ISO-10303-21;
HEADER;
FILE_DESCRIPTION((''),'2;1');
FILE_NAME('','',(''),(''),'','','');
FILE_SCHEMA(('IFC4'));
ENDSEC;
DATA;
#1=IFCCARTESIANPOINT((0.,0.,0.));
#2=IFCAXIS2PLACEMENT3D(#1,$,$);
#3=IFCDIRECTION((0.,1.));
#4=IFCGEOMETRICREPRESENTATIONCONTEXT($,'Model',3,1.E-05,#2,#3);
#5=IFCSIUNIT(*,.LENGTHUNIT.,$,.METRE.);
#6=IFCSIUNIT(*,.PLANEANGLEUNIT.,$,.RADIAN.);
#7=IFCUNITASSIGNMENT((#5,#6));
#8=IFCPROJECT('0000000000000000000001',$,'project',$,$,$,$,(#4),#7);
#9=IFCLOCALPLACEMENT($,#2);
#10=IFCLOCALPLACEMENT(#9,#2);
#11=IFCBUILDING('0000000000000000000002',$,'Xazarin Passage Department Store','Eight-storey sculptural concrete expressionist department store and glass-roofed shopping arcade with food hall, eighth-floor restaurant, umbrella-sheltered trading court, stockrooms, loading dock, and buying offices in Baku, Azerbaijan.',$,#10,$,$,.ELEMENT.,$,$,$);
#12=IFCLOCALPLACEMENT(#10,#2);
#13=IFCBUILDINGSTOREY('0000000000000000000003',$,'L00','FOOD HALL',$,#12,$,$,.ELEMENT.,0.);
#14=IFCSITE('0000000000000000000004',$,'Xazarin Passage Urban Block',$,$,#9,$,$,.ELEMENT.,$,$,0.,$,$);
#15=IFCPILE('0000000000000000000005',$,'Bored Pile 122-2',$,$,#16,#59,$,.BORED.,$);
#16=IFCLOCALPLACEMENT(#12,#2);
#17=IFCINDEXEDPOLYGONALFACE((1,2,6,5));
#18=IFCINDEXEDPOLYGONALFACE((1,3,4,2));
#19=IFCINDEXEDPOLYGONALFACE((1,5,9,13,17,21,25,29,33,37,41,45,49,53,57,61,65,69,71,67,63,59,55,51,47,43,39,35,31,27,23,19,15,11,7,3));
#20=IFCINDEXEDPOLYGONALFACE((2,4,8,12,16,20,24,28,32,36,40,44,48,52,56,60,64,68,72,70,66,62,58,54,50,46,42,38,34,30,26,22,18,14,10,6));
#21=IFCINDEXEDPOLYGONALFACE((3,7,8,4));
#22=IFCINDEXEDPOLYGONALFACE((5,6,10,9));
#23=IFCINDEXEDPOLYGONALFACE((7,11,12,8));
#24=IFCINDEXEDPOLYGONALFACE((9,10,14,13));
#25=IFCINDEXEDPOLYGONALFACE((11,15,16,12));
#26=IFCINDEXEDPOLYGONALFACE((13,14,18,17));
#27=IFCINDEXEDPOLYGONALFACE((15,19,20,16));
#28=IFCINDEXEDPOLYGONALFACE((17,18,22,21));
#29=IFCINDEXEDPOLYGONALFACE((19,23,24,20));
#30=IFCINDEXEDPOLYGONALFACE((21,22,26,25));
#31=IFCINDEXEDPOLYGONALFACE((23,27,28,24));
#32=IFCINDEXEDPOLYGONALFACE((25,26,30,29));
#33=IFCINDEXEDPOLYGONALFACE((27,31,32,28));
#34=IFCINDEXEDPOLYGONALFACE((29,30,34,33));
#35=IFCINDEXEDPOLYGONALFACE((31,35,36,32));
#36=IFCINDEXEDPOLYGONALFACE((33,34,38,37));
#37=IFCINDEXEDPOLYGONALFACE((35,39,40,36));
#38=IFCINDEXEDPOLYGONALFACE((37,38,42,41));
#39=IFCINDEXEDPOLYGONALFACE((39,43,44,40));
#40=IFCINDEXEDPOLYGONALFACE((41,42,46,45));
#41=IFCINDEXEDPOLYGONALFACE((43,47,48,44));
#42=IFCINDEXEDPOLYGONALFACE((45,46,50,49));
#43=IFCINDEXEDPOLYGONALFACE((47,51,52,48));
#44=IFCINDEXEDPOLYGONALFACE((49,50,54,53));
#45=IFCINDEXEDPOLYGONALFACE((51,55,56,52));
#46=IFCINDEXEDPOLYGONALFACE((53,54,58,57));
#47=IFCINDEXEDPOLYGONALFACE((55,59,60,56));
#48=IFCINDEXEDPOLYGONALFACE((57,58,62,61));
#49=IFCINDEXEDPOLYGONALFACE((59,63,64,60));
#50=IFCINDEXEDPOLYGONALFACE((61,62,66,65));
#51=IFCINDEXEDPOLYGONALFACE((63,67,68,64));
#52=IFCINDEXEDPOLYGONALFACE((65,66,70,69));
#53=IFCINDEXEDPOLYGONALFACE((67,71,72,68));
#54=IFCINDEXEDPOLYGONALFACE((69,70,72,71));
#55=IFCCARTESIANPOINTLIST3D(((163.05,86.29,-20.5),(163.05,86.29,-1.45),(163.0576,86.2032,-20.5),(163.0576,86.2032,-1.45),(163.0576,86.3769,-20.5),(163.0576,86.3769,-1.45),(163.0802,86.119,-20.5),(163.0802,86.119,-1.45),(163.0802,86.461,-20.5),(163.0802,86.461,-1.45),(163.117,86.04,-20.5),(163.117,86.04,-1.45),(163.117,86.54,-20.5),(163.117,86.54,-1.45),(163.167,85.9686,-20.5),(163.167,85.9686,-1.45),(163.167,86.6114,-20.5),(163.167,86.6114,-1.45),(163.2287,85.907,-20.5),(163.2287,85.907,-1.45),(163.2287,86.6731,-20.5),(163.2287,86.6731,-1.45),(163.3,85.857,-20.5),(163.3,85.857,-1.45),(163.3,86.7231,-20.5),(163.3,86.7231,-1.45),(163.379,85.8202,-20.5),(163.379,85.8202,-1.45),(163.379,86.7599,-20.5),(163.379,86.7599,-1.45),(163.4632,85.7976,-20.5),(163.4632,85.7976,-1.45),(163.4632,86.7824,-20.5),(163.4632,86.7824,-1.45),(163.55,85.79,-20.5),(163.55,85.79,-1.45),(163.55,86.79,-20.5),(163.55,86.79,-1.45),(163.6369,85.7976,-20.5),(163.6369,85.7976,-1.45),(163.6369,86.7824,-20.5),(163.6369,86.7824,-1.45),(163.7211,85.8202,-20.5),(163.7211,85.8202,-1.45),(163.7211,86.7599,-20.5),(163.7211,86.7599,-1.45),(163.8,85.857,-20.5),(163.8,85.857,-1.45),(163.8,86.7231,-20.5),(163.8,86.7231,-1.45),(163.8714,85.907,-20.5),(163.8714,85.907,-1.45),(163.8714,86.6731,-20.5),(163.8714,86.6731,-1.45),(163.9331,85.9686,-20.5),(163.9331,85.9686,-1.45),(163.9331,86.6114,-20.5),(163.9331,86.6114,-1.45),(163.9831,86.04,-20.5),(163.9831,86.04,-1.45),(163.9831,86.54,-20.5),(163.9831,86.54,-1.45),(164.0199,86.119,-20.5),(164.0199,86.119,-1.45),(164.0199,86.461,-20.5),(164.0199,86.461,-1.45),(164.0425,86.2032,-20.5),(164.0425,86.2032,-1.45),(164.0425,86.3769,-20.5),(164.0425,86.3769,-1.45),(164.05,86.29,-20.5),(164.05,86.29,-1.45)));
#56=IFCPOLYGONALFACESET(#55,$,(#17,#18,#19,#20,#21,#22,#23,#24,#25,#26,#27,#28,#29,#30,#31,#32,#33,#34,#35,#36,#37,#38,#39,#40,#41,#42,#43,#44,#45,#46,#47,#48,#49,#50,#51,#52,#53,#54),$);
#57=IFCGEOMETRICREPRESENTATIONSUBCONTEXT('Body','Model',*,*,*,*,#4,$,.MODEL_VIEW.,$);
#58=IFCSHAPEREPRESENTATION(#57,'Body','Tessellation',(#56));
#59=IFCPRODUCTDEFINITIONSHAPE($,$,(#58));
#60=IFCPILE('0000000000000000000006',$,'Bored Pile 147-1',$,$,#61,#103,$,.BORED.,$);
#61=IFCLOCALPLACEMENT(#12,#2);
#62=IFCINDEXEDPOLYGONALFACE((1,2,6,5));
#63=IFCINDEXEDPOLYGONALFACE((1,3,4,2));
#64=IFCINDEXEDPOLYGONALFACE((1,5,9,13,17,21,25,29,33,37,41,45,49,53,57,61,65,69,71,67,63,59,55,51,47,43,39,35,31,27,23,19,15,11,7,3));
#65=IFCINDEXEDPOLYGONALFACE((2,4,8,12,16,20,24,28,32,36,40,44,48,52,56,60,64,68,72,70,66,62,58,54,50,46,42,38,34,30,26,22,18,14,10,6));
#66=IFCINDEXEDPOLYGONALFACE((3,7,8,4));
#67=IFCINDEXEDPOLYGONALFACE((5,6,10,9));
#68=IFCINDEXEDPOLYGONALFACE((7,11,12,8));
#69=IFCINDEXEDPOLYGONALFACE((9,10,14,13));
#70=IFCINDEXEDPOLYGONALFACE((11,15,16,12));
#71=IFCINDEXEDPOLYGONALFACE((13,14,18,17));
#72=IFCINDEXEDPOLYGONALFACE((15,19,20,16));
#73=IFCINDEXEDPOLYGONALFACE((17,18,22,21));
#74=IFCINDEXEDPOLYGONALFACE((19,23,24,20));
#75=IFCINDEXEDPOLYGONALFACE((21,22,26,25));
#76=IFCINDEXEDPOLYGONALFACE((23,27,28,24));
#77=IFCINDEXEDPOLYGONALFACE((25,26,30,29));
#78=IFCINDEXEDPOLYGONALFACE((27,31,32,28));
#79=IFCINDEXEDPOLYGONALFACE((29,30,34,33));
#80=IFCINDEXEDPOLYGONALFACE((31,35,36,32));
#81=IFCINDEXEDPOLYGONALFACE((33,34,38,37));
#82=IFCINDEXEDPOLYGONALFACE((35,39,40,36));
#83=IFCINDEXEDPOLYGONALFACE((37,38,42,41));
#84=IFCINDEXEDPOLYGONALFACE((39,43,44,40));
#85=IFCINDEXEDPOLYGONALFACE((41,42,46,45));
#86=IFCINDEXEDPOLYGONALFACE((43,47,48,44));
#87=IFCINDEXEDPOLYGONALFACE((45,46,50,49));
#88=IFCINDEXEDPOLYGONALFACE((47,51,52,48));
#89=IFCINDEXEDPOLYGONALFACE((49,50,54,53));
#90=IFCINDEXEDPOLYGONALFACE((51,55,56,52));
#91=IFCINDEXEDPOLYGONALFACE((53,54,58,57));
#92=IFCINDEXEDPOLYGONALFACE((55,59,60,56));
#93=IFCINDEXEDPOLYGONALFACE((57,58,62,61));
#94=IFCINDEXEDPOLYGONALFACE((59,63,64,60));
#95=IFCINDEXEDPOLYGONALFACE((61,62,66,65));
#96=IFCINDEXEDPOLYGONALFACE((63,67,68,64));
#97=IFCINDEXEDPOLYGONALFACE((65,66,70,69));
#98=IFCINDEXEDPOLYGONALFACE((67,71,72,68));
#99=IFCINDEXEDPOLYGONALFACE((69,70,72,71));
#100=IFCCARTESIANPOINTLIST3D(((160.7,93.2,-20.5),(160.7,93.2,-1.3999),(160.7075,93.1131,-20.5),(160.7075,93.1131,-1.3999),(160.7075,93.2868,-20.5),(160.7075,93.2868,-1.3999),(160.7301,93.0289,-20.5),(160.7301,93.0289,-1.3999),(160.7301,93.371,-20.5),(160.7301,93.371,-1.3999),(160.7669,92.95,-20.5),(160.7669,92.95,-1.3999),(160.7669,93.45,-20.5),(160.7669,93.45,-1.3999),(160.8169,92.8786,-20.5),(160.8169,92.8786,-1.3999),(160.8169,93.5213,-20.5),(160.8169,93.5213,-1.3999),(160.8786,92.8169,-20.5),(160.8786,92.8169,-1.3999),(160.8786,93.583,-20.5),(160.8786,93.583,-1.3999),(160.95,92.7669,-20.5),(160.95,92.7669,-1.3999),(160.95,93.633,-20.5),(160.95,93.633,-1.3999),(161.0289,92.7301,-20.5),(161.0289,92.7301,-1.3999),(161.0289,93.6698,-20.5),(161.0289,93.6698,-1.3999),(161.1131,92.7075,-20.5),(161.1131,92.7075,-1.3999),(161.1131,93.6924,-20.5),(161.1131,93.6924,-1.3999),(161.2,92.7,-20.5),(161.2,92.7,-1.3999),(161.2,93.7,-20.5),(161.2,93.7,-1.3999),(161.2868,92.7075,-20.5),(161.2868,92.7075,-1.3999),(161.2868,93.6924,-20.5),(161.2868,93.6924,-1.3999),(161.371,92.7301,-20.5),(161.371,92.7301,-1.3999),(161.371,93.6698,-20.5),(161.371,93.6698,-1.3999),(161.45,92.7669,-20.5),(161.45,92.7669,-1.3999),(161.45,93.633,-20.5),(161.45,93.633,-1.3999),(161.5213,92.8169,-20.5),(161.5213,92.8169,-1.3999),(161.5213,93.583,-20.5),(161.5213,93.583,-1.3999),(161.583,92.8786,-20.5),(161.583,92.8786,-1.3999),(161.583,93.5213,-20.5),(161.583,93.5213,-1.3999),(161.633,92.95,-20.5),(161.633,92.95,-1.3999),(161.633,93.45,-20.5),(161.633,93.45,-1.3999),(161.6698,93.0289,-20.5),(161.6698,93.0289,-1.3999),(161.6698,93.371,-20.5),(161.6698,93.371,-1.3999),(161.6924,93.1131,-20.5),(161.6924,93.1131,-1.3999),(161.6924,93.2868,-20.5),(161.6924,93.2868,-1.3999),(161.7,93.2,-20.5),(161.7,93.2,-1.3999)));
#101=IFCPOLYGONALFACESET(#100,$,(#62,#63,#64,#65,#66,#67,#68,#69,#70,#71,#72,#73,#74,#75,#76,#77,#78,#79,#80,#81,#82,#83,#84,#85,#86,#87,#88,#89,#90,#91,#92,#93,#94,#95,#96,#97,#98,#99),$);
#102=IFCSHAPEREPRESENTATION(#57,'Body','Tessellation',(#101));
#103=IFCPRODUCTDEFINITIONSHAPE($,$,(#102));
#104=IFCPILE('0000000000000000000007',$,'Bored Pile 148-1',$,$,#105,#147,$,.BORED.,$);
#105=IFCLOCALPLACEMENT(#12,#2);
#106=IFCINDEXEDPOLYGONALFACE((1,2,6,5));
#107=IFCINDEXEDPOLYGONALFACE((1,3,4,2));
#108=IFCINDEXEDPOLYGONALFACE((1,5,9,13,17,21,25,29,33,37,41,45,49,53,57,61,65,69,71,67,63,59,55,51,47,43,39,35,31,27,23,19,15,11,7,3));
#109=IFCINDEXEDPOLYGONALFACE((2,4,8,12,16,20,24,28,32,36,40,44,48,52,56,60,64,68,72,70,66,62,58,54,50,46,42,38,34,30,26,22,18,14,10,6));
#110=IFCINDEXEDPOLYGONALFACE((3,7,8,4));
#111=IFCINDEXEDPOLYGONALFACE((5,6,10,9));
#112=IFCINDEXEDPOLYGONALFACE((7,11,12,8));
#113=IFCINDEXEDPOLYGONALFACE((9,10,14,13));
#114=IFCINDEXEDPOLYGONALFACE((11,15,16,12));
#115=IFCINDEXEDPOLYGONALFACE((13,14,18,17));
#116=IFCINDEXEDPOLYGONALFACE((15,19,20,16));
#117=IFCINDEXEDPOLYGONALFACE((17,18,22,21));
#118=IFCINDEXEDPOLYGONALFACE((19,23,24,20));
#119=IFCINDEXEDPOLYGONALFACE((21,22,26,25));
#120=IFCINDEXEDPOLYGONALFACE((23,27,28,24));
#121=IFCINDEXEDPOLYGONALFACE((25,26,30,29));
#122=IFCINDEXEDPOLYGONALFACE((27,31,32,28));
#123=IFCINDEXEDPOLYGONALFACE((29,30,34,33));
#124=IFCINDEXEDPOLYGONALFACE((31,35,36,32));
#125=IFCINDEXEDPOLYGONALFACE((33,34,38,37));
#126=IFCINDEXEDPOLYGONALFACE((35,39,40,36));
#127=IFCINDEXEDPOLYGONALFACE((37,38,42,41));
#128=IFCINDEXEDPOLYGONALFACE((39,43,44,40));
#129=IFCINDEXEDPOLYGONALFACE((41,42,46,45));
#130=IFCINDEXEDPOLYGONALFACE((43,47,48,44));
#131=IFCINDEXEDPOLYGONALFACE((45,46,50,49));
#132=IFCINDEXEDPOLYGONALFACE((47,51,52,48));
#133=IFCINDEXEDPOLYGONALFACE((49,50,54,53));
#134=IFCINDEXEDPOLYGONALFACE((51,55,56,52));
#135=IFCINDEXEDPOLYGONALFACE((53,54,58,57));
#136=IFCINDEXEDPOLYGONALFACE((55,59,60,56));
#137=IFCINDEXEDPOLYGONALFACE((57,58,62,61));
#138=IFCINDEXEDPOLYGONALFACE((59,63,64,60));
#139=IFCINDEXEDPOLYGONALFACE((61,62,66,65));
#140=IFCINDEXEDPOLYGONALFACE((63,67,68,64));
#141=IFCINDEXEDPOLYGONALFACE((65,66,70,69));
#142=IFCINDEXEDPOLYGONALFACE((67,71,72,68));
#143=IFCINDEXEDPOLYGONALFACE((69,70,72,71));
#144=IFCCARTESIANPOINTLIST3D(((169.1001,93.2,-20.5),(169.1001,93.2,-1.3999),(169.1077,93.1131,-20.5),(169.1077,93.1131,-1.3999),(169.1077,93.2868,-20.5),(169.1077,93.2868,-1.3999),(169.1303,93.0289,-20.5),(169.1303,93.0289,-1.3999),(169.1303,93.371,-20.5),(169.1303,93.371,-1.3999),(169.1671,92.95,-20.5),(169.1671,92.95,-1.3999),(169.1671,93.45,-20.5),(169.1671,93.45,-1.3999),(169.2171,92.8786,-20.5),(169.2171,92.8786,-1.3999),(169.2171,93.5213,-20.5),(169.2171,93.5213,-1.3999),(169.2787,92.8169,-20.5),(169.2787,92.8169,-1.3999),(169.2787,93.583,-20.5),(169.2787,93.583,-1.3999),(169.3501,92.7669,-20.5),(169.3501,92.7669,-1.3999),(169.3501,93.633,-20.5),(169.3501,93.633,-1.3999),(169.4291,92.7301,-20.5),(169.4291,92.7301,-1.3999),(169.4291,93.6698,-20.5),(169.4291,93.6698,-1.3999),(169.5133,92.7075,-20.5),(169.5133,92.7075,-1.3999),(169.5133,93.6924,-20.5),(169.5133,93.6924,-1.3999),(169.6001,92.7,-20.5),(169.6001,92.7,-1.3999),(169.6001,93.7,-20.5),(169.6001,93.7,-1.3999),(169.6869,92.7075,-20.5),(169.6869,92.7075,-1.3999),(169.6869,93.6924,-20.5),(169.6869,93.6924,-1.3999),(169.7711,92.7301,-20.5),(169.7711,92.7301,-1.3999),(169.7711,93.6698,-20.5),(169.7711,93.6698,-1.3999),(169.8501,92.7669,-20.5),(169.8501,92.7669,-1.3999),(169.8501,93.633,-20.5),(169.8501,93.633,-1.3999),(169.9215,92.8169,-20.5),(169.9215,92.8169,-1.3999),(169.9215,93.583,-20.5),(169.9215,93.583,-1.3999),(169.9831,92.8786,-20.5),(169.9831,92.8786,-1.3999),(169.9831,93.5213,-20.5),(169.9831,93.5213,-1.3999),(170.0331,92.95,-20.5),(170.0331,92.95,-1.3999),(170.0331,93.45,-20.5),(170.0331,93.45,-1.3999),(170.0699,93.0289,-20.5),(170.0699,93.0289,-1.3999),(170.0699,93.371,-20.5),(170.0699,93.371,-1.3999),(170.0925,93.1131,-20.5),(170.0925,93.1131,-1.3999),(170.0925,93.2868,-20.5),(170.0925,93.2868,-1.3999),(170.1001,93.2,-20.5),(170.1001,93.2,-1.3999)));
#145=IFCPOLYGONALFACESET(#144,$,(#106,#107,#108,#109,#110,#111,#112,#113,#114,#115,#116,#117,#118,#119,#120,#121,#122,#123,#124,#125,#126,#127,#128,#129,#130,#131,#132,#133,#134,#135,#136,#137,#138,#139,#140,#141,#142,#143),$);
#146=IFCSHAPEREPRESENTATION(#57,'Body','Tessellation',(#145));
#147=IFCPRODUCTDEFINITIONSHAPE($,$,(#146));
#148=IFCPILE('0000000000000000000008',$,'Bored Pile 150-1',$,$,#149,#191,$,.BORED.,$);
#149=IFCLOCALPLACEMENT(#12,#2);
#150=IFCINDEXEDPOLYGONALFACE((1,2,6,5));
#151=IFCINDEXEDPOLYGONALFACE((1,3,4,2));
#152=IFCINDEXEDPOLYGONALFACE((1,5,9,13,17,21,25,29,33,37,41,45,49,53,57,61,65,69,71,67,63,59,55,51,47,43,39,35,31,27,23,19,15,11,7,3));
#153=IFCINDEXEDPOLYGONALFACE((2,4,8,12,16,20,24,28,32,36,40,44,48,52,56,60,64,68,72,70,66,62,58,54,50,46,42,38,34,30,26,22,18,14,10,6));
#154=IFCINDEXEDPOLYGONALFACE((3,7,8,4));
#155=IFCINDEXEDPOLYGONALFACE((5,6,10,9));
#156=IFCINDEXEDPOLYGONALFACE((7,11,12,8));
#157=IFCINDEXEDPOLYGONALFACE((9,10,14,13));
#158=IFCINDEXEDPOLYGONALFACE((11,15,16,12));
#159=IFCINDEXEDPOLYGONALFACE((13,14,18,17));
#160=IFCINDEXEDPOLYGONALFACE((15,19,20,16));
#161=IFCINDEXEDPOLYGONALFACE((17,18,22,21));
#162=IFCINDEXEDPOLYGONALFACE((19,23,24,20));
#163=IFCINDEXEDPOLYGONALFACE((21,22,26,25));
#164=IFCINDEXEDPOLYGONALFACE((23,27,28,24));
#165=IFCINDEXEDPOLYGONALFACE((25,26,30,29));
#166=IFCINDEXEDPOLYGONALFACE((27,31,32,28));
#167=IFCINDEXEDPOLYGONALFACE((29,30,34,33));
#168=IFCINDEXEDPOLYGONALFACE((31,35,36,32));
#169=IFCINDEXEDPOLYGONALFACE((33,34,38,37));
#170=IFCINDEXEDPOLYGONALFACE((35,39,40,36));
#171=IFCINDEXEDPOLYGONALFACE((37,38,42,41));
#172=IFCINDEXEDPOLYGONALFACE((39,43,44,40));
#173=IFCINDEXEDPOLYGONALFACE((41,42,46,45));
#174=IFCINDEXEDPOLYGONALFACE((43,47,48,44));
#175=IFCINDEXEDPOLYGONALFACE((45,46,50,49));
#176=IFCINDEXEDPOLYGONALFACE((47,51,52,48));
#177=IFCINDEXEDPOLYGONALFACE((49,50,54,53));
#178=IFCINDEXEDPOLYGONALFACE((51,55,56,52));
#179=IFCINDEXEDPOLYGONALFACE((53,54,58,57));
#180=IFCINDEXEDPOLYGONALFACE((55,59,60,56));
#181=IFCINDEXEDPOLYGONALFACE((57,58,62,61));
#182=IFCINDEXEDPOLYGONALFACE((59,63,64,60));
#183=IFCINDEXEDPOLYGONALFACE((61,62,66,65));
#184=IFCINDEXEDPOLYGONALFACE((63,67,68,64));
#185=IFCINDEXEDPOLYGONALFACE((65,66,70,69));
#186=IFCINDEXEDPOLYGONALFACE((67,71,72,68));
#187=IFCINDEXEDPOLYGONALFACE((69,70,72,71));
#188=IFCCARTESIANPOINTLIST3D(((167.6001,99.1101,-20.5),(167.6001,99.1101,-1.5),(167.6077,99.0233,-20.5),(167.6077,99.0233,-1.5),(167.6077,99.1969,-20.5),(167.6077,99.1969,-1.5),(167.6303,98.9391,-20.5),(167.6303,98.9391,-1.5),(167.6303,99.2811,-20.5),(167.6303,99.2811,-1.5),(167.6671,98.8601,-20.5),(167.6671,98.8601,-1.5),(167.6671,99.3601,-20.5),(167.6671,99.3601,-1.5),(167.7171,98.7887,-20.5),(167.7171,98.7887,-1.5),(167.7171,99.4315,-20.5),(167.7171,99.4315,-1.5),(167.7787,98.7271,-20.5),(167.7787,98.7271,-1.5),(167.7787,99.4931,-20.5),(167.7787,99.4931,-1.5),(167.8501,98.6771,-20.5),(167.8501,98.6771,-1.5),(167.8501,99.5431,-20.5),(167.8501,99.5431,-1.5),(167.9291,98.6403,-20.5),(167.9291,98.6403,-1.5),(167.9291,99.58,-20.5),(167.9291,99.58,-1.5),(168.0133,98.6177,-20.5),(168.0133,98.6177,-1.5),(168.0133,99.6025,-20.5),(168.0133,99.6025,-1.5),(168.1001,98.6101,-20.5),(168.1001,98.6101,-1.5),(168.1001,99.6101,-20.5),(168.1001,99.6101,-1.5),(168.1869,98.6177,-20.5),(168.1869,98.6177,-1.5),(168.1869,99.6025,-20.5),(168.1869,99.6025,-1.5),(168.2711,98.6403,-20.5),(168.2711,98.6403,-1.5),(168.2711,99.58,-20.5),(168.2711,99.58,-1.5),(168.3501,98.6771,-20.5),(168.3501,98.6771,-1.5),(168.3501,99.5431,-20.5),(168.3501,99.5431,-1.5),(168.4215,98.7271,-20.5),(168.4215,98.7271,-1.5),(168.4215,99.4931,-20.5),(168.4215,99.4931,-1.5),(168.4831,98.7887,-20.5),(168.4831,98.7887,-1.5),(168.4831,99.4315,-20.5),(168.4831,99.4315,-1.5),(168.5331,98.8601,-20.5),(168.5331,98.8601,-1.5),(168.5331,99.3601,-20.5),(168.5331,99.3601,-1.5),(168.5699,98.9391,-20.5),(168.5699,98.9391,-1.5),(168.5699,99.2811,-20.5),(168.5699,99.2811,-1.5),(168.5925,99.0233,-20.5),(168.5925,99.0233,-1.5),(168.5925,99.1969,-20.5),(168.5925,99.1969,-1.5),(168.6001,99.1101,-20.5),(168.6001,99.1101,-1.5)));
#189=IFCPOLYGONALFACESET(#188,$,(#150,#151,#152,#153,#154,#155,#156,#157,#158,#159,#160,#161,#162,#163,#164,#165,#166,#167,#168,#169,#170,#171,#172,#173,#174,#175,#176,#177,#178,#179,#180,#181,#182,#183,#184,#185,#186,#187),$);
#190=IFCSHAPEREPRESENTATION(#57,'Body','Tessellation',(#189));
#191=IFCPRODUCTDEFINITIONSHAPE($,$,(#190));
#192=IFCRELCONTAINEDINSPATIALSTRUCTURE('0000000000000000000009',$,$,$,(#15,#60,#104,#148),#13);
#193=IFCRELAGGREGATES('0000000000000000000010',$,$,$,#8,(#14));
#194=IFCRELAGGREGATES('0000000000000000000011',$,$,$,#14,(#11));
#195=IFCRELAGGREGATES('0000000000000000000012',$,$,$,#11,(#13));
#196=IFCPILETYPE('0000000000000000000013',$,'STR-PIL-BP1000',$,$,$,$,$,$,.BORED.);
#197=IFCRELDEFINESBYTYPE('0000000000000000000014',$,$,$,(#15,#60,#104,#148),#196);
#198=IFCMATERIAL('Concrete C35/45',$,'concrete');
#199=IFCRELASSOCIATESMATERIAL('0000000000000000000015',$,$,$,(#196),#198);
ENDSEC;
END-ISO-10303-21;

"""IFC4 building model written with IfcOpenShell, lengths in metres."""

from ifc_helpers import new_model, si_unit, direction, frame, origin, origin_2d, place, context, subcontext, project, spatial, circle, extrude, material, material_profile, profile_set, type_object, element, save


model = new_model("IFC4")

# Units and contexts
model_context = context("Model", 3, precision=1e-05, world=origin(), true_north=direction((0.0, 1.0)))
body_context = subcontext(model_context, "Body", "Model", "MODEL_VIEW")
ifc_project = project(units=[si_unit("LENGTHUNIT", "METRE"), si_unit("PLANEANGLEUNIT", "RADIAN")], contexts=[model_context])

# Site, building, storey
site_placement = place(None, origin())
site = spatial("IfcSite", under=ifc_project, at=site_placement, Name="Xazarin Passage Urban Block", CompositionType="ELEMENT", RefElevation=0.0)
building_placement = place(site_placement, origin())
building = spatial("IfcBuilding", under=site, at=building_placement, Name="Xazarin Passage Department Store", Description="Eight-storey sculptural concrete expressionist department store and glass-roofed shopping arcade with food hall, eighth-floor restaurant, umbrella-sheltered trading court, stockrooms, loading dock, and buying offices in Baku, Azerbaijan.", CompositionType="ELEMENT")
storey_placement = place(building_placement, origin())
storey = spatial("IfcBuildingStorey", under=building, at=storey_placement, Name="L00", Description="FOOD HALL", CompositionType="ELEMENT", Elevation=0.0)

# Shared definitions
ifc_material_1 = material(Name="Concrete C35/45", Category="concrete")

# Piles
ifc_material_profile_1 = material_profile(ifc_material_1, circle(Radius=0.5, at=origin_2d()), Name="BP 1000")
ifc_profile_set_1 = profile_set([ifc_material_profile_1], Name="Concrete C35/45")
pile_type = type_object("IfcPileType", Name="STR-PIL-BP1000", PredefinedType="BORED", material=ifc_profile_set_1)
pile_placement = place(storey_placement, frame((163.55, 86.29, -1.45), z_axis=(0.0, 0.0, -1.0), x_axis=(1.0, 0.0, 0.0)))
element("IfcPile", 1, at=pile_placement, inside=storey, type_object=pile_type, Name="Bored Pile 122-2", PredefinedType="BORED", context=body_context, shape_type="SweptSolid", body=[
    extrude(circle(Radius=0.5, at=origin_2d()), origin(), (0.0, 0.0, 1.0), 19.05),
])
for number, where, z_axis, x_axis, name in (
    (2, (161.2, 93.2, -1.3999), (0.0, 0.0, -1.0), (1.0, 0.0, 0.0), "Bored Pile 147-1"),
    (3, (169.6001, 93.2, -1.3999), (0.0, 0.0, -1.0), (1.0, 0.0, 0.0), "Bored Pile 148-1"),
):
    element("IfcPile", number, at=place(storey_placement, frame(where, z_axis=z_axis, x_axis=x_axis)), inside=storey, type_object=pile_type, Name=name, PredefinedType="BORED", context=body_context, shape_type="SweptSolid", body=[
        extrude(circle(Radius=0.5, at=origin_2d()), origin(), (0.0, 0.0, 1.0), 19.1001),
    ])
for number, where, z_axis, x_axis, name in (
    (4, (168.1001, 99.1101, -1.5), (0.0, 0.0, -1.0), (1.0, 0.0, 0.0), "Bored Pile 150-1"),
):
    element("IfcPile", number, at=place(storey_placement, frame(where, z_axis=z_axis, x_axis=x_axis)), inside=storey, type_object=pile_type, Name=name, PredefinedType="BORED", context=body_context, shape_type="SweptSolid", body=[
        extrude(circle(Radius=0.5, at=origin_2d()), origin(), (0.0, 0.0, 1.0), 19.0),
    ])

save(model, "model.ifc")
